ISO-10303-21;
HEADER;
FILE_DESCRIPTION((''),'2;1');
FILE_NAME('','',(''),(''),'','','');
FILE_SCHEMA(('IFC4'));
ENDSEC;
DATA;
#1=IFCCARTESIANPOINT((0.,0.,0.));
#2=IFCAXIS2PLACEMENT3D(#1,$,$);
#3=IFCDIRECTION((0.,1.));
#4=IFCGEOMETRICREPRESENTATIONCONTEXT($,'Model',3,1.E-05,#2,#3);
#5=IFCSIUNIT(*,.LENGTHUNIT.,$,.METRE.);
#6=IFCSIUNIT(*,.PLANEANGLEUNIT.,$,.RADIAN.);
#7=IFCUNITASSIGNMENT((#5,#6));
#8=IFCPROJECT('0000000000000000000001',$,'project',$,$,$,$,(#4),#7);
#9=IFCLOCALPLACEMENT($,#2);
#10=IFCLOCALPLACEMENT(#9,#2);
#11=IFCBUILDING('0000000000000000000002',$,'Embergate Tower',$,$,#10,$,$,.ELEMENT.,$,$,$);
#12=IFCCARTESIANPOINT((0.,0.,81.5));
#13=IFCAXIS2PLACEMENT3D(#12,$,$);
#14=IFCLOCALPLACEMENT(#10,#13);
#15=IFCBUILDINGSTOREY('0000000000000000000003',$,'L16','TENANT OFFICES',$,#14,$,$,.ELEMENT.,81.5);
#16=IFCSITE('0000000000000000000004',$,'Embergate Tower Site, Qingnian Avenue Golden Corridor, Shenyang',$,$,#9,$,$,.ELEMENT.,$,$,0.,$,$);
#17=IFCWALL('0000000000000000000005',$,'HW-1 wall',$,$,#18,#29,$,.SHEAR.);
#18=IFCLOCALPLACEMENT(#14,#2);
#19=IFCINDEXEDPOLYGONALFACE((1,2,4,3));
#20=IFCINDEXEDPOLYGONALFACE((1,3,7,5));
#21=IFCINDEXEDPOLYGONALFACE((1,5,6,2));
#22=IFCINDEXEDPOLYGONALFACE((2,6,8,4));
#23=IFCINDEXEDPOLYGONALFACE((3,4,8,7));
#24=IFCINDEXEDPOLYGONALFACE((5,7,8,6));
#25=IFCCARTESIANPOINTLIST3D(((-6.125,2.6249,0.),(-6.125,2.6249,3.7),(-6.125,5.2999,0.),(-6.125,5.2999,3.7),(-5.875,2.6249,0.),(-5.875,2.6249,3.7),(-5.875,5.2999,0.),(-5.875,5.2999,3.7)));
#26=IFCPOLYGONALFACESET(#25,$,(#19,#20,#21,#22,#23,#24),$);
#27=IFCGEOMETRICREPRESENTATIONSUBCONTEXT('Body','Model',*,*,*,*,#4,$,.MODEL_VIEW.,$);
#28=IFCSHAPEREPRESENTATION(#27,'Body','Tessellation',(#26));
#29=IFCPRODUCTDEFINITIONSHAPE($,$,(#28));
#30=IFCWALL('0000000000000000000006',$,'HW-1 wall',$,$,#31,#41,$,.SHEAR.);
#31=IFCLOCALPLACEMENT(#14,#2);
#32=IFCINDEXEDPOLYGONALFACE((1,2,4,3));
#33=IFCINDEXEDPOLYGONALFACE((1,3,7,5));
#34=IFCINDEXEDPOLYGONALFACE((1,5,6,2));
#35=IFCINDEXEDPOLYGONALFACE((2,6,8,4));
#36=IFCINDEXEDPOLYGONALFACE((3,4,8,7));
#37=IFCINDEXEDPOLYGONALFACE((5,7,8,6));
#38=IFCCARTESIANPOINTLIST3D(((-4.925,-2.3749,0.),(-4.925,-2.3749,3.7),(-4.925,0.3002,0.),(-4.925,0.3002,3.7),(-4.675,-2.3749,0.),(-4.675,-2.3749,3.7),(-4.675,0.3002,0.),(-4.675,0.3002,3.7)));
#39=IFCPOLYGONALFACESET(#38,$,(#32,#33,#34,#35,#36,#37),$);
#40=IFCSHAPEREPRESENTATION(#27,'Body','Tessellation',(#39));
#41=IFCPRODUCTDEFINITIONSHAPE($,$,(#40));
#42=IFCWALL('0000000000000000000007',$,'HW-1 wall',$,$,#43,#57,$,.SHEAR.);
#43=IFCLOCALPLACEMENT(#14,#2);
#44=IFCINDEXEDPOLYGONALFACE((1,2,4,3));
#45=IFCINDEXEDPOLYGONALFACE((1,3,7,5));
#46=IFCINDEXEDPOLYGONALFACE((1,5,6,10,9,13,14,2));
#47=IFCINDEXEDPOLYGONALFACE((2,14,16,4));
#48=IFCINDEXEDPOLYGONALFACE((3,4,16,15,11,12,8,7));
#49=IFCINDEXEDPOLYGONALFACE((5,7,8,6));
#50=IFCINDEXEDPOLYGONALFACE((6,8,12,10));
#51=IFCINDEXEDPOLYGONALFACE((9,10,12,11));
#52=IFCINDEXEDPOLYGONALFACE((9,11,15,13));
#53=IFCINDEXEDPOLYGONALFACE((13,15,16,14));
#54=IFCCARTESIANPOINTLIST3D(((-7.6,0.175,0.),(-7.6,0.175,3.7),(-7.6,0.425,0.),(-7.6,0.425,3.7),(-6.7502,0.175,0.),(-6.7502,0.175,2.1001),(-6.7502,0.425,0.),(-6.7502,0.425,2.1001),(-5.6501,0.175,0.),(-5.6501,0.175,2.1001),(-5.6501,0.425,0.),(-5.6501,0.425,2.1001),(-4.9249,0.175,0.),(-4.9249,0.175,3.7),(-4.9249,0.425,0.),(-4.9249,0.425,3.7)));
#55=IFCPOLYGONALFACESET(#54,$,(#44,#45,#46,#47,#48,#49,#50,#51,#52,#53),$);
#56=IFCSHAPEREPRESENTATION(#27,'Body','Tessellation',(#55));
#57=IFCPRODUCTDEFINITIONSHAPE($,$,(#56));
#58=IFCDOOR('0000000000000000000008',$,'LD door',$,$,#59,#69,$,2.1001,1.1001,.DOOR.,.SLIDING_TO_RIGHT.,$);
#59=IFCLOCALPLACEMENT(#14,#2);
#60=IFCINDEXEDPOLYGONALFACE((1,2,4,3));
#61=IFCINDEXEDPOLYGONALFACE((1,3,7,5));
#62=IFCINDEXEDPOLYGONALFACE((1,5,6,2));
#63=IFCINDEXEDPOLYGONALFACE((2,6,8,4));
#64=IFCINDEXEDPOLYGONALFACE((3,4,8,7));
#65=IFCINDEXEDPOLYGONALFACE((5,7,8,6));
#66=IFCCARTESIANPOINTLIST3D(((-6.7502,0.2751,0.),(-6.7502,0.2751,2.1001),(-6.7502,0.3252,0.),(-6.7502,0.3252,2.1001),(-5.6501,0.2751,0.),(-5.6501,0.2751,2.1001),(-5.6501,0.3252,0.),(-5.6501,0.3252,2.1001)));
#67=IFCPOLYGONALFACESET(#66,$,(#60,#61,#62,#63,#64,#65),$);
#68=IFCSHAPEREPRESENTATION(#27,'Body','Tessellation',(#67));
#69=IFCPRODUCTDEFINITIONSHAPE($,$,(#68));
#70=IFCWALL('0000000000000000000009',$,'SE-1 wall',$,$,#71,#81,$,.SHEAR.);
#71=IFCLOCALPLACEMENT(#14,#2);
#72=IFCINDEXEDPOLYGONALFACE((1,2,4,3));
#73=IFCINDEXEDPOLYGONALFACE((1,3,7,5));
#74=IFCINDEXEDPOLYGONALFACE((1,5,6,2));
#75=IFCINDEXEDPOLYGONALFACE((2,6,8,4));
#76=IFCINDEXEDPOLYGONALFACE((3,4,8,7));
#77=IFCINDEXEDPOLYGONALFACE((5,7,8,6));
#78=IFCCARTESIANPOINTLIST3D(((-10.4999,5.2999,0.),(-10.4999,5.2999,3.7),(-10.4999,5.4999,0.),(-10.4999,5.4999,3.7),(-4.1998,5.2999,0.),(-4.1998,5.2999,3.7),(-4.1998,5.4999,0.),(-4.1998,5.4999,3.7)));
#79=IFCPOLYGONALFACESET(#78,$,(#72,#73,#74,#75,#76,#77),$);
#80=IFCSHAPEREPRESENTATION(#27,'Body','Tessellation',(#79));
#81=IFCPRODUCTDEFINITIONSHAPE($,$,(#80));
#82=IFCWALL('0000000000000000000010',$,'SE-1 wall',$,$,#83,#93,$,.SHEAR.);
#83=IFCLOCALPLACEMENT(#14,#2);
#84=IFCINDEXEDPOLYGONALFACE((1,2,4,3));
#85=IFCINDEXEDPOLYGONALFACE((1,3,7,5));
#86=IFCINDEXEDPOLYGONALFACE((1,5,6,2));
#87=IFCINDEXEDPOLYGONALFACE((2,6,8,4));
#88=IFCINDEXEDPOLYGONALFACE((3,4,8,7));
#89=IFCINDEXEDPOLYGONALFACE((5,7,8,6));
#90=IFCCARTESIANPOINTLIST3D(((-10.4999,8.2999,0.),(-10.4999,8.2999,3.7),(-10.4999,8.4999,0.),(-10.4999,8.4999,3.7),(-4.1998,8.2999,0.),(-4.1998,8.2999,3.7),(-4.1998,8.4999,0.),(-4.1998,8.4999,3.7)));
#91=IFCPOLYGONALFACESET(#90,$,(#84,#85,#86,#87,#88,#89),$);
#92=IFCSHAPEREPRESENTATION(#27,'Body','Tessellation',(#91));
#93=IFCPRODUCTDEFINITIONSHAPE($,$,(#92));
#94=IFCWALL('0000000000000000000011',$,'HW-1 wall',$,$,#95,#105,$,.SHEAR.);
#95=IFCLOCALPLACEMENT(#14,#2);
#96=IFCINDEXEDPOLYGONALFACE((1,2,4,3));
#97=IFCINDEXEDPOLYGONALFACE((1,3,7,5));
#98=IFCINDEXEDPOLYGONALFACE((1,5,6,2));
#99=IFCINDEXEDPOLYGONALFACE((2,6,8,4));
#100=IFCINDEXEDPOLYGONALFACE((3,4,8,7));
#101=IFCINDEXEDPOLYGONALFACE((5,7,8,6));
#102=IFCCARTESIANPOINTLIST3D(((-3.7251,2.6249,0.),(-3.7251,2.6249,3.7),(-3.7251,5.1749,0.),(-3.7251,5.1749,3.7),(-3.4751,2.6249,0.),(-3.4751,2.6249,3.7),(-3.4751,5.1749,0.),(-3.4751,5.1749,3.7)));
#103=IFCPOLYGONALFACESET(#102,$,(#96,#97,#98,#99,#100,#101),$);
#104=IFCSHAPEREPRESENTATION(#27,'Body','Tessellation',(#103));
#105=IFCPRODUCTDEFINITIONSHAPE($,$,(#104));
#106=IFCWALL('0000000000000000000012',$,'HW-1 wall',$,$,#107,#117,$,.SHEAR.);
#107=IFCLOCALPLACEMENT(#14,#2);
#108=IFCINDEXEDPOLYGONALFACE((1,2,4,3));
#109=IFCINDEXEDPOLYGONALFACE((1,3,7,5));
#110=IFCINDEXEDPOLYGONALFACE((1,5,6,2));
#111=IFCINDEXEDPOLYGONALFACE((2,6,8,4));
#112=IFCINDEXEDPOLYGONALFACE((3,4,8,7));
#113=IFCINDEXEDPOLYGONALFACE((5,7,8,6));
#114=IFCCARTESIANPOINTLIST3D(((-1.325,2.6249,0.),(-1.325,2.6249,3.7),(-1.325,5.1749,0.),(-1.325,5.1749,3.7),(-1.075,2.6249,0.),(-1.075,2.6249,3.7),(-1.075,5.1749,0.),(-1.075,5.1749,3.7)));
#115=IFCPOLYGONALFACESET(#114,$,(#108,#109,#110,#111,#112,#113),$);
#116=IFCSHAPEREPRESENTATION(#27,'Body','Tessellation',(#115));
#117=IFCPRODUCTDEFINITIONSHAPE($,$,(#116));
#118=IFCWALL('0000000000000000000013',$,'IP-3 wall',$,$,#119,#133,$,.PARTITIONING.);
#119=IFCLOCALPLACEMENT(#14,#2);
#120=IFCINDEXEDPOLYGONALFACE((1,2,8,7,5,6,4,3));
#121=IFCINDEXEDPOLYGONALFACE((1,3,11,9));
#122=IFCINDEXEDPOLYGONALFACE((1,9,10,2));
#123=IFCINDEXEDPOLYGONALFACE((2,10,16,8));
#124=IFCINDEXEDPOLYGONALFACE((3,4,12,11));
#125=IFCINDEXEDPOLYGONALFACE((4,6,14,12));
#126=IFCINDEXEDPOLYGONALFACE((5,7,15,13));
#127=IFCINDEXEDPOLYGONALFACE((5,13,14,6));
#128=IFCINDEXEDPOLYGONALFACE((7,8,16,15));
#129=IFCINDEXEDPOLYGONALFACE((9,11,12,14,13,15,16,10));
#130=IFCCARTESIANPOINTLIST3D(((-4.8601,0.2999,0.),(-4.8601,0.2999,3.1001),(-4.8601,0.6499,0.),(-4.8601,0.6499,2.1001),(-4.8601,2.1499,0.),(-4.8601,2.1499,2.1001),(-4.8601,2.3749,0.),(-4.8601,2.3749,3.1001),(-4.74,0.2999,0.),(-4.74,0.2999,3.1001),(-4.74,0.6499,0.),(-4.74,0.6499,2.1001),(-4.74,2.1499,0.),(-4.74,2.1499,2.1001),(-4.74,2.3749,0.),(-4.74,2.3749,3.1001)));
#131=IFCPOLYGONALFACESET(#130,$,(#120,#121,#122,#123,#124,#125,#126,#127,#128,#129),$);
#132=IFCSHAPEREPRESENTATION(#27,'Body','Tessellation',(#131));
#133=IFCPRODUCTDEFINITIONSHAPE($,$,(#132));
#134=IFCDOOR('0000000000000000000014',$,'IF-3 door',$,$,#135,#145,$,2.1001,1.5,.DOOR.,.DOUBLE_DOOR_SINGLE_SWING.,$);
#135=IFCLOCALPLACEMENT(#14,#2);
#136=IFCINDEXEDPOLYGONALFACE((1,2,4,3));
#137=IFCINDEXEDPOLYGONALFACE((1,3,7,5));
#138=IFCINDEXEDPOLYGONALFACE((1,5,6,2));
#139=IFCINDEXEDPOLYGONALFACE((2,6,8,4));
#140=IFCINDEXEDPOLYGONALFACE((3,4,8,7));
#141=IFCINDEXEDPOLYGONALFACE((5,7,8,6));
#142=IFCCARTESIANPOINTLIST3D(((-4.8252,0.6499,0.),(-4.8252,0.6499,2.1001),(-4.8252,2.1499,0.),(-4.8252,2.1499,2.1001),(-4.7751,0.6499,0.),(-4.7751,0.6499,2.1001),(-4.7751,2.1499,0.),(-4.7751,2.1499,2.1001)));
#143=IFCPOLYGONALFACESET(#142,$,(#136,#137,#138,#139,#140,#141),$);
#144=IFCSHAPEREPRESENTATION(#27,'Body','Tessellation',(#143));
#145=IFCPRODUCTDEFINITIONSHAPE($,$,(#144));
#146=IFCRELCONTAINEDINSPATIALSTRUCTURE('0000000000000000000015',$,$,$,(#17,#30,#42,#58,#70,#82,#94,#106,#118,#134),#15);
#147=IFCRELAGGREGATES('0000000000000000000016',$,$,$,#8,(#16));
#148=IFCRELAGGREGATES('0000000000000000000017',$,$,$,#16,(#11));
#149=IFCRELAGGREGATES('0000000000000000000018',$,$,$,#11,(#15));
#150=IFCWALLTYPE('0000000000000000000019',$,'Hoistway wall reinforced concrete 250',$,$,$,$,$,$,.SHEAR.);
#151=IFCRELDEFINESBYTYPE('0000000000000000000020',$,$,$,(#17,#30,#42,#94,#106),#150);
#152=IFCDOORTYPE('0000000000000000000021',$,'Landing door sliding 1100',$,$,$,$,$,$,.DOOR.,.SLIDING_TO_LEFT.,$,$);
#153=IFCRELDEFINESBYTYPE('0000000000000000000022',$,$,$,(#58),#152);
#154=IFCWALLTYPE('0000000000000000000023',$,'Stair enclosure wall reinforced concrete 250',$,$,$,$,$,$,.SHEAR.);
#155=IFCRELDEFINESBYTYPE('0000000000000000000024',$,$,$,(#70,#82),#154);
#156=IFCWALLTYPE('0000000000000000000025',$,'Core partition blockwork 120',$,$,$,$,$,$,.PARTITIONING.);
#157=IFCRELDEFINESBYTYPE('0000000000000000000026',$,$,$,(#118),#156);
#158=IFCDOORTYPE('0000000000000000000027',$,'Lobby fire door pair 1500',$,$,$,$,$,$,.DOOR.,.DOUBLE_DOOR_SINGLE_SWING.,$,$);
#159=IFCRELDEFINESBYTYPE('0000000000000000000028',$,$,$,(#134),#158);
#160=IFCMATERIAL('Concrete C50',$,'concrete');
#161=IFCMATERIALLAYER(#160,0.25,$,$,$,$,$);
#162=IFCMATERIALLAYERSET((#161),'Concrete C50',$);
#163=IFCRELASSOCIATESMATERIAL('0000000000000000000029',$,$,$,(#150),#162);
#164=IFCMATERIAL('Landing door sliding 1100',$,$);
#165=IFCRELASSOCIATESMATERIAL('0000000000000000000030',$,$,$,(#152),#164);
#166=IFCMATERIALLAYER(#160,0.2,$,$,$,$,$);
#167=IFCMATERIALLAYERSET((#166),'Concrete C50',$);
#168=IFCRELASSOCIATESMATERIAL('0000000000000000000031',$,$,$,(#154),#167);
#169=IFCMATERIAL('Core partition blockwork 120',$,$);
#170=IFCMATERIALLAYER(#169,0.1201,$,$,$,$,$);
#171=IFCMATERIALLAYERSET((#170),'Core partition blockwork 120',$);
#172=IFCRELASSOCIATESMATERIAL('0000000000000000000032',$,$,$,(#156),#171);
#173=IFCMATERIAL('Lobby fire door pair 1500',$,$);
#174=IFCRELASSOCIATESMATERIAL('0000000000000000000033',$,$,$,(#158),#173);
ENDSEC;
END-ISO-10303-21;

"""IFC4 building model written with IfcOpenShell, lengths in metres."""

from ifc_helpers import new_model, si_unit, direction, frame, frame_2d, origin, place, context, subcontext, project, spatial, rectangle, extrude, source, transform, mapped, material, layer, layer_set, type_object, element, fill, save


model = new_model("IFC4")

# Units and contexts
model_context = context("Model", 3, precision=1e-05, world=origin(), true_north=direction((0.0, 1.0)))
body_context = subcontext(model_context, "Body", "Model", "MODEL_VIEW")
ifc_project = project(units=[si_unit("LENGTHUNIT", "METRE"), si_unit("PLANEANGLEUNIT", "RADIAN")], contexts=[model_context])

# Site, building, storey
site_placement = place(None, origin())
site = spatial("IfcSite", under=ifc_project, at=site_placement, Name="Embergate Tower Site, Qingnian Avenue Golden Corridor, Shenyang", CompositionType="ELEMENT", RefElevation=0.0)
building_placement = place(site_placement, origin())
building = spatial("IfcBuilding", under=site, at=building_placement, Name="Embergate Tower", CompositionType="ELEMENT")
storey_placement = place(building_placement, frame((0.0, 0.0, 81.5)))
storey = spatial("IfcBuildingStorey", under=building, at=storey_placement, Name="L16", Description="TENANT OFFICES", CompositionType="ELEMENT", Elevation=81.5)

# Walls
ifc_material_1 = material(Name="Concrete C50", Category="concrete")
ifc_layer_1 = layer(ifc_material_1, 0.25)
ifc_layer_set_1 = layer_set([ifc_layer_1], Name="Concrete C50")
wall_type_1 = type_object("IfcWallType", Name="Hoistway wall reinforced concrete 250", PredefinedType="SHEAR", material=ifc_layer_set_1)
shared_shape_1 = source(origin(), body_context, "Body", "SweptSolid", [
    extrude(rectangle(XDim=2.675, YDim=0.25, at=frame_2d((1.3374, 0.0))), origin(), (0.0, 0.0, 1.0), 3.7),
])
for number, where, z_axis, x_axis, name in (
    (1, (-6.0, 2.625, 0.0), (0.0, 0.0, 1.0), (0.0, 1.0, 0.0), "HW-1 wall"),
    (2, (-4.8, 0.3, 0.0), (0.0, 0.0, 1.0), (0.0, -1.0, 0.0), "HW-1 wall"),
):
    element("IfcWall", number, at=place(storey_placement, frame(where, z_axis=z_axis, x_axis=x_axis)), inside=storey, type_object=wall_type_1, Name=name, PredefinedType="SHEAR", context=body_context, shape_type="MappedRepresentation", body=[
        mapped(shared_shape_1, transform((0.0, 0.0, 0.0))),
    ])

# Wall, opening, door
wall_1_placement = place(storey_placement, frame((-4.925, 0.3, 0.0), z_axis=(0.0, 0.0, 1.0), x_axis=(-1.0, 0.0, 0.0)))
wall_1 = element("IfcWall", 3, at=wall_1_placement, inside=storey, type_object=wall_type_1, Name="HW-1 wall", PredefinedType="SHEAR", context=body_context, shape_type="MappedRepresentation", body=[
    mapped(shared_shape_1, transform((0.0, 0.0, 0.0))),
])
shared_shape_2 = source(origin(), body_context, "Body", "SweptSolid", [
    extrude(rectangle(XDim=1.1001, YDim=2.1001, at=frame_2d((0.55, 1.05))), frame((0.0, 0.135, 0.0), z_axis=(0.0, -1.0, 0.0), x_axis=(1.0, 0.0, 0.0)), (0.0, 0.0, 1.0), 0.27),
])
opening_1_placement = place(wall_1_placement, frame((0.7251, 0.0, 0.0)))
opening_1 = element("IfcOpeningElement", 4, at=opening_1_placement, cuts=wall_1, PredefinedType="OPENING", context=body_context, shape_type="MappedRepresentation", body=[
    mapped(shared_shape_2, transform((0.0, 0.0, 0.0))),
])
ifc_material_2 = material(Name="Landing door sliding 1100")
door_type_1 = type_object("IfcDoorType", Name="Landing door sliding 1100", OperationType="SLIDING_TO_LEFT", PredefinedType="DOOR", material=ifc_material_2)
shared_shape_3 = source(origin(), body_context, "Body", "SweptSolid", [
    extrude(rectangle(XDim=1.1001, YDim=2.1001, at=frame_2d((0.55, 1.05))), frame((0.0, 0.0249, 0.0), z_axis=(0.0, -1.0, 0.0), x_axis=(1.0, 0.0, 0.0)), (0.0, 0.0, 1.0), 0.05),
])
door_1_placement = place(opening_1_placement, origin())
door_1 = element("IfcDoor", 5, at=door_1_placement, inside=storey, type_object=door_type_1, Name="LD door", OperationType="SLIDING_TO_RIGHT", OverallHeight=2.1001, OverallWidth=1.1001, PredefinedType="DOOR", context=body_context, shape_type="MappedRepresentation", body=[
    mapped(shared_shape_3, transform((0.0, 0.0, 0.0))),
])
fill(opening_1, door_1)

# Walls
ifc_layer_2 = layer(ifc_material_1, 0.2)
ifc_layer_set_2 = layer_set([ifc_layer_2], Name="Concrete C50")
wall_type_2 = type_object("IfcWallType", Name="Stair enclosure wall reinforced concrete 250", PredefinedType="SHEAR", material=ifc_layer_set_2)
shared_shape_4 = source(origin(), body_context, "Body", "SweptSolid", [
    extrude(rectangle(XDim=6.3, YDim=0.2, at=frame_2d((3.1499, 0.0))), origin(), (0.0, 0.0, 1.0), 3.7),
])
for number, where, z_axis, x_axis, name in (
    (6, (-4.2, 5.3999, 0.0), (0.0, 0.0, 1.0), (-1.0, 0.0, 0.0), "SE-1 wall"),
    (7, (-4.2, 8.3999, 0.0), (0.0, 0.0, 1.0), (-1.0, 0.0, 0.0), "SE-1 wall"),
):
    element("IfcWall", number, at=place(storey_placement, frame(where, z_axis=z_axis, x_axis=x_axis)), inside=storey, type_object=wall_type_2, Name=name, PredefinedType="SHEAR", context=body_context, shape_type="MappedRepresentation", body=[
        mapped(shared_shape_4, transform((0.0, 0.0, 0.0))),
    ])
shared_shape_5 = source(origin(), body_context, "Body", "SweptSolid", [
    extrude(rectangle(XDim=2.55, YDim=0.25, at=frame_2d((1.2749, 0.0))), origin(), (0.0, 0.0, 1.0), 3.7),
])
for number, where, z_axis, x_axis, name in (
    (8, (-3.6001, 2.625, 0.0), (0.0, 0.0, 1.0), (0.0, 1.0, 0.0), "HW-1 wall"),
    (9, (-1.2, 2.625, 0.0), (0.0, 0.0, 1.0), (0.0, 1.0, 0.0), "HW-1 wall"),
):
    element("IfcWall", number, at=place(storey_placement, frame(where, z_axis=z_axis, x_axis=x_axis)), inside=storey, type_object=wall_type_1, Name=name, PredefinedType="SHEAR", context=body_context, shape_type="MappedRepresentation", body=[
        mapped(shared_shape_5, transform((0.0, 0.0, 0.0))),
    ])

# Wall, opening, door
ifc_material_3 = material(Name="Core partition blockwork 120")
ifc_layer_3 = layer(ifc_material_3, 0.1201)
ifc_layer_set_3 = layer_set([ifc_layer_3], Name="Core partition blockwork 120")
wall_type_3 = type_object("IfcWallType", Name="Core partition blockwork 120", PredefinedType="PARTITIONING", material=ifc_layer_set_3)
shared_shape_6 = source(origin(), body_context, "Body", "SweptSolid", [
    extrude(rectangle(XDim=2.075, YDim=0.1201, at=frame_2d((1.0376, 0.0))), origin(), (0.0, 0.0, 1.0), 3.1001),
])
wall_2_placement = place(storey_placement, frame((-4.8, 2.375, 0.0), z_axis=(0.0, 0.0, 1.0), x_axis=(0.0, -1.0, 0.0)))
wall_2 = element("IfcWall", 10, at=wall_2_placement, inside=storey, type_object=wall_type_3, Name="IP-3 wall", PredefinedType="PARTITIONING", context=body_context, shape_type="MappedRepresentation", body=[
    mapped(shared_shape_6, transform((0.0, 0.0, 0.0))),
])
shared_shape_7 = source(origin(), body_context, "Body", "SweptSolid", [
    extrude(rectangle(XDim=1.5, YDim=2.1001, at=frame_2d((0.75, 1.05))), frame((0.0, 0.0701, 0.0), z_axis=(0.0, -1.0, 0.0), x_axis=(1.0, 0.0, 0.0)), (0.0, 0.0, 1.0), 0.1401),
])
opening_2_placement = place(wall_2_placement, frame((0.2251, 0.0, 0.0)))
opening_2 = element("IfcOpeningElement", 11, at=opening_2_placement, cuts=wall_2, PredefinedType="OPENING", context=body_context, shape_type="MappedRepresentation", body=[
    mapped(shared_shape_7, transform((0.0, 0.0, 0.0))),
])
ifc_material_4 = material(Name="Lobby fire door pair 1500")
door_type_2 = type_object("IfcDoorType", Name="Lobby fire door pair 1500", OperationType="DOUBLE_DOOR_SINGLE_SWING", PredefinedType="DOOR", material=ifc_material_4)
shared_shape_8 = source(origin(), body_context, "Body", "SweptSolid", [
    extrude(rectangle(XDim=1.5, YDim=2.1001, at=frame_2d((0.75, 1.05))), frame((0.0, 0.0249, 0.0), z_axis=(0.0, -1.0, 0.0), x_axis=(1.0, 0.0, 0.0)), (0.0, 0.0, 1.0), 0.05),
])
door_2_placement = place(opening_2_placement, origin())
door_2 = element("IfcDoor", 12, at=door_2_placement, inside=storey, type_object=door_type_2, Name="IF-3 door", OperationType="DOUBLE_DOOR_SINGLE_SWING", OverallHeight=2.1001, OverallWidth=1.5, PredefinedType="DOOR", context=body_context, shape_type="MappedRepresentation", body=[
    mapped(shared_shape_8, transform((0.0, 0.0, 0.0))),
])
fill(opening_2, door_2)

save(model, "model.ifc")
